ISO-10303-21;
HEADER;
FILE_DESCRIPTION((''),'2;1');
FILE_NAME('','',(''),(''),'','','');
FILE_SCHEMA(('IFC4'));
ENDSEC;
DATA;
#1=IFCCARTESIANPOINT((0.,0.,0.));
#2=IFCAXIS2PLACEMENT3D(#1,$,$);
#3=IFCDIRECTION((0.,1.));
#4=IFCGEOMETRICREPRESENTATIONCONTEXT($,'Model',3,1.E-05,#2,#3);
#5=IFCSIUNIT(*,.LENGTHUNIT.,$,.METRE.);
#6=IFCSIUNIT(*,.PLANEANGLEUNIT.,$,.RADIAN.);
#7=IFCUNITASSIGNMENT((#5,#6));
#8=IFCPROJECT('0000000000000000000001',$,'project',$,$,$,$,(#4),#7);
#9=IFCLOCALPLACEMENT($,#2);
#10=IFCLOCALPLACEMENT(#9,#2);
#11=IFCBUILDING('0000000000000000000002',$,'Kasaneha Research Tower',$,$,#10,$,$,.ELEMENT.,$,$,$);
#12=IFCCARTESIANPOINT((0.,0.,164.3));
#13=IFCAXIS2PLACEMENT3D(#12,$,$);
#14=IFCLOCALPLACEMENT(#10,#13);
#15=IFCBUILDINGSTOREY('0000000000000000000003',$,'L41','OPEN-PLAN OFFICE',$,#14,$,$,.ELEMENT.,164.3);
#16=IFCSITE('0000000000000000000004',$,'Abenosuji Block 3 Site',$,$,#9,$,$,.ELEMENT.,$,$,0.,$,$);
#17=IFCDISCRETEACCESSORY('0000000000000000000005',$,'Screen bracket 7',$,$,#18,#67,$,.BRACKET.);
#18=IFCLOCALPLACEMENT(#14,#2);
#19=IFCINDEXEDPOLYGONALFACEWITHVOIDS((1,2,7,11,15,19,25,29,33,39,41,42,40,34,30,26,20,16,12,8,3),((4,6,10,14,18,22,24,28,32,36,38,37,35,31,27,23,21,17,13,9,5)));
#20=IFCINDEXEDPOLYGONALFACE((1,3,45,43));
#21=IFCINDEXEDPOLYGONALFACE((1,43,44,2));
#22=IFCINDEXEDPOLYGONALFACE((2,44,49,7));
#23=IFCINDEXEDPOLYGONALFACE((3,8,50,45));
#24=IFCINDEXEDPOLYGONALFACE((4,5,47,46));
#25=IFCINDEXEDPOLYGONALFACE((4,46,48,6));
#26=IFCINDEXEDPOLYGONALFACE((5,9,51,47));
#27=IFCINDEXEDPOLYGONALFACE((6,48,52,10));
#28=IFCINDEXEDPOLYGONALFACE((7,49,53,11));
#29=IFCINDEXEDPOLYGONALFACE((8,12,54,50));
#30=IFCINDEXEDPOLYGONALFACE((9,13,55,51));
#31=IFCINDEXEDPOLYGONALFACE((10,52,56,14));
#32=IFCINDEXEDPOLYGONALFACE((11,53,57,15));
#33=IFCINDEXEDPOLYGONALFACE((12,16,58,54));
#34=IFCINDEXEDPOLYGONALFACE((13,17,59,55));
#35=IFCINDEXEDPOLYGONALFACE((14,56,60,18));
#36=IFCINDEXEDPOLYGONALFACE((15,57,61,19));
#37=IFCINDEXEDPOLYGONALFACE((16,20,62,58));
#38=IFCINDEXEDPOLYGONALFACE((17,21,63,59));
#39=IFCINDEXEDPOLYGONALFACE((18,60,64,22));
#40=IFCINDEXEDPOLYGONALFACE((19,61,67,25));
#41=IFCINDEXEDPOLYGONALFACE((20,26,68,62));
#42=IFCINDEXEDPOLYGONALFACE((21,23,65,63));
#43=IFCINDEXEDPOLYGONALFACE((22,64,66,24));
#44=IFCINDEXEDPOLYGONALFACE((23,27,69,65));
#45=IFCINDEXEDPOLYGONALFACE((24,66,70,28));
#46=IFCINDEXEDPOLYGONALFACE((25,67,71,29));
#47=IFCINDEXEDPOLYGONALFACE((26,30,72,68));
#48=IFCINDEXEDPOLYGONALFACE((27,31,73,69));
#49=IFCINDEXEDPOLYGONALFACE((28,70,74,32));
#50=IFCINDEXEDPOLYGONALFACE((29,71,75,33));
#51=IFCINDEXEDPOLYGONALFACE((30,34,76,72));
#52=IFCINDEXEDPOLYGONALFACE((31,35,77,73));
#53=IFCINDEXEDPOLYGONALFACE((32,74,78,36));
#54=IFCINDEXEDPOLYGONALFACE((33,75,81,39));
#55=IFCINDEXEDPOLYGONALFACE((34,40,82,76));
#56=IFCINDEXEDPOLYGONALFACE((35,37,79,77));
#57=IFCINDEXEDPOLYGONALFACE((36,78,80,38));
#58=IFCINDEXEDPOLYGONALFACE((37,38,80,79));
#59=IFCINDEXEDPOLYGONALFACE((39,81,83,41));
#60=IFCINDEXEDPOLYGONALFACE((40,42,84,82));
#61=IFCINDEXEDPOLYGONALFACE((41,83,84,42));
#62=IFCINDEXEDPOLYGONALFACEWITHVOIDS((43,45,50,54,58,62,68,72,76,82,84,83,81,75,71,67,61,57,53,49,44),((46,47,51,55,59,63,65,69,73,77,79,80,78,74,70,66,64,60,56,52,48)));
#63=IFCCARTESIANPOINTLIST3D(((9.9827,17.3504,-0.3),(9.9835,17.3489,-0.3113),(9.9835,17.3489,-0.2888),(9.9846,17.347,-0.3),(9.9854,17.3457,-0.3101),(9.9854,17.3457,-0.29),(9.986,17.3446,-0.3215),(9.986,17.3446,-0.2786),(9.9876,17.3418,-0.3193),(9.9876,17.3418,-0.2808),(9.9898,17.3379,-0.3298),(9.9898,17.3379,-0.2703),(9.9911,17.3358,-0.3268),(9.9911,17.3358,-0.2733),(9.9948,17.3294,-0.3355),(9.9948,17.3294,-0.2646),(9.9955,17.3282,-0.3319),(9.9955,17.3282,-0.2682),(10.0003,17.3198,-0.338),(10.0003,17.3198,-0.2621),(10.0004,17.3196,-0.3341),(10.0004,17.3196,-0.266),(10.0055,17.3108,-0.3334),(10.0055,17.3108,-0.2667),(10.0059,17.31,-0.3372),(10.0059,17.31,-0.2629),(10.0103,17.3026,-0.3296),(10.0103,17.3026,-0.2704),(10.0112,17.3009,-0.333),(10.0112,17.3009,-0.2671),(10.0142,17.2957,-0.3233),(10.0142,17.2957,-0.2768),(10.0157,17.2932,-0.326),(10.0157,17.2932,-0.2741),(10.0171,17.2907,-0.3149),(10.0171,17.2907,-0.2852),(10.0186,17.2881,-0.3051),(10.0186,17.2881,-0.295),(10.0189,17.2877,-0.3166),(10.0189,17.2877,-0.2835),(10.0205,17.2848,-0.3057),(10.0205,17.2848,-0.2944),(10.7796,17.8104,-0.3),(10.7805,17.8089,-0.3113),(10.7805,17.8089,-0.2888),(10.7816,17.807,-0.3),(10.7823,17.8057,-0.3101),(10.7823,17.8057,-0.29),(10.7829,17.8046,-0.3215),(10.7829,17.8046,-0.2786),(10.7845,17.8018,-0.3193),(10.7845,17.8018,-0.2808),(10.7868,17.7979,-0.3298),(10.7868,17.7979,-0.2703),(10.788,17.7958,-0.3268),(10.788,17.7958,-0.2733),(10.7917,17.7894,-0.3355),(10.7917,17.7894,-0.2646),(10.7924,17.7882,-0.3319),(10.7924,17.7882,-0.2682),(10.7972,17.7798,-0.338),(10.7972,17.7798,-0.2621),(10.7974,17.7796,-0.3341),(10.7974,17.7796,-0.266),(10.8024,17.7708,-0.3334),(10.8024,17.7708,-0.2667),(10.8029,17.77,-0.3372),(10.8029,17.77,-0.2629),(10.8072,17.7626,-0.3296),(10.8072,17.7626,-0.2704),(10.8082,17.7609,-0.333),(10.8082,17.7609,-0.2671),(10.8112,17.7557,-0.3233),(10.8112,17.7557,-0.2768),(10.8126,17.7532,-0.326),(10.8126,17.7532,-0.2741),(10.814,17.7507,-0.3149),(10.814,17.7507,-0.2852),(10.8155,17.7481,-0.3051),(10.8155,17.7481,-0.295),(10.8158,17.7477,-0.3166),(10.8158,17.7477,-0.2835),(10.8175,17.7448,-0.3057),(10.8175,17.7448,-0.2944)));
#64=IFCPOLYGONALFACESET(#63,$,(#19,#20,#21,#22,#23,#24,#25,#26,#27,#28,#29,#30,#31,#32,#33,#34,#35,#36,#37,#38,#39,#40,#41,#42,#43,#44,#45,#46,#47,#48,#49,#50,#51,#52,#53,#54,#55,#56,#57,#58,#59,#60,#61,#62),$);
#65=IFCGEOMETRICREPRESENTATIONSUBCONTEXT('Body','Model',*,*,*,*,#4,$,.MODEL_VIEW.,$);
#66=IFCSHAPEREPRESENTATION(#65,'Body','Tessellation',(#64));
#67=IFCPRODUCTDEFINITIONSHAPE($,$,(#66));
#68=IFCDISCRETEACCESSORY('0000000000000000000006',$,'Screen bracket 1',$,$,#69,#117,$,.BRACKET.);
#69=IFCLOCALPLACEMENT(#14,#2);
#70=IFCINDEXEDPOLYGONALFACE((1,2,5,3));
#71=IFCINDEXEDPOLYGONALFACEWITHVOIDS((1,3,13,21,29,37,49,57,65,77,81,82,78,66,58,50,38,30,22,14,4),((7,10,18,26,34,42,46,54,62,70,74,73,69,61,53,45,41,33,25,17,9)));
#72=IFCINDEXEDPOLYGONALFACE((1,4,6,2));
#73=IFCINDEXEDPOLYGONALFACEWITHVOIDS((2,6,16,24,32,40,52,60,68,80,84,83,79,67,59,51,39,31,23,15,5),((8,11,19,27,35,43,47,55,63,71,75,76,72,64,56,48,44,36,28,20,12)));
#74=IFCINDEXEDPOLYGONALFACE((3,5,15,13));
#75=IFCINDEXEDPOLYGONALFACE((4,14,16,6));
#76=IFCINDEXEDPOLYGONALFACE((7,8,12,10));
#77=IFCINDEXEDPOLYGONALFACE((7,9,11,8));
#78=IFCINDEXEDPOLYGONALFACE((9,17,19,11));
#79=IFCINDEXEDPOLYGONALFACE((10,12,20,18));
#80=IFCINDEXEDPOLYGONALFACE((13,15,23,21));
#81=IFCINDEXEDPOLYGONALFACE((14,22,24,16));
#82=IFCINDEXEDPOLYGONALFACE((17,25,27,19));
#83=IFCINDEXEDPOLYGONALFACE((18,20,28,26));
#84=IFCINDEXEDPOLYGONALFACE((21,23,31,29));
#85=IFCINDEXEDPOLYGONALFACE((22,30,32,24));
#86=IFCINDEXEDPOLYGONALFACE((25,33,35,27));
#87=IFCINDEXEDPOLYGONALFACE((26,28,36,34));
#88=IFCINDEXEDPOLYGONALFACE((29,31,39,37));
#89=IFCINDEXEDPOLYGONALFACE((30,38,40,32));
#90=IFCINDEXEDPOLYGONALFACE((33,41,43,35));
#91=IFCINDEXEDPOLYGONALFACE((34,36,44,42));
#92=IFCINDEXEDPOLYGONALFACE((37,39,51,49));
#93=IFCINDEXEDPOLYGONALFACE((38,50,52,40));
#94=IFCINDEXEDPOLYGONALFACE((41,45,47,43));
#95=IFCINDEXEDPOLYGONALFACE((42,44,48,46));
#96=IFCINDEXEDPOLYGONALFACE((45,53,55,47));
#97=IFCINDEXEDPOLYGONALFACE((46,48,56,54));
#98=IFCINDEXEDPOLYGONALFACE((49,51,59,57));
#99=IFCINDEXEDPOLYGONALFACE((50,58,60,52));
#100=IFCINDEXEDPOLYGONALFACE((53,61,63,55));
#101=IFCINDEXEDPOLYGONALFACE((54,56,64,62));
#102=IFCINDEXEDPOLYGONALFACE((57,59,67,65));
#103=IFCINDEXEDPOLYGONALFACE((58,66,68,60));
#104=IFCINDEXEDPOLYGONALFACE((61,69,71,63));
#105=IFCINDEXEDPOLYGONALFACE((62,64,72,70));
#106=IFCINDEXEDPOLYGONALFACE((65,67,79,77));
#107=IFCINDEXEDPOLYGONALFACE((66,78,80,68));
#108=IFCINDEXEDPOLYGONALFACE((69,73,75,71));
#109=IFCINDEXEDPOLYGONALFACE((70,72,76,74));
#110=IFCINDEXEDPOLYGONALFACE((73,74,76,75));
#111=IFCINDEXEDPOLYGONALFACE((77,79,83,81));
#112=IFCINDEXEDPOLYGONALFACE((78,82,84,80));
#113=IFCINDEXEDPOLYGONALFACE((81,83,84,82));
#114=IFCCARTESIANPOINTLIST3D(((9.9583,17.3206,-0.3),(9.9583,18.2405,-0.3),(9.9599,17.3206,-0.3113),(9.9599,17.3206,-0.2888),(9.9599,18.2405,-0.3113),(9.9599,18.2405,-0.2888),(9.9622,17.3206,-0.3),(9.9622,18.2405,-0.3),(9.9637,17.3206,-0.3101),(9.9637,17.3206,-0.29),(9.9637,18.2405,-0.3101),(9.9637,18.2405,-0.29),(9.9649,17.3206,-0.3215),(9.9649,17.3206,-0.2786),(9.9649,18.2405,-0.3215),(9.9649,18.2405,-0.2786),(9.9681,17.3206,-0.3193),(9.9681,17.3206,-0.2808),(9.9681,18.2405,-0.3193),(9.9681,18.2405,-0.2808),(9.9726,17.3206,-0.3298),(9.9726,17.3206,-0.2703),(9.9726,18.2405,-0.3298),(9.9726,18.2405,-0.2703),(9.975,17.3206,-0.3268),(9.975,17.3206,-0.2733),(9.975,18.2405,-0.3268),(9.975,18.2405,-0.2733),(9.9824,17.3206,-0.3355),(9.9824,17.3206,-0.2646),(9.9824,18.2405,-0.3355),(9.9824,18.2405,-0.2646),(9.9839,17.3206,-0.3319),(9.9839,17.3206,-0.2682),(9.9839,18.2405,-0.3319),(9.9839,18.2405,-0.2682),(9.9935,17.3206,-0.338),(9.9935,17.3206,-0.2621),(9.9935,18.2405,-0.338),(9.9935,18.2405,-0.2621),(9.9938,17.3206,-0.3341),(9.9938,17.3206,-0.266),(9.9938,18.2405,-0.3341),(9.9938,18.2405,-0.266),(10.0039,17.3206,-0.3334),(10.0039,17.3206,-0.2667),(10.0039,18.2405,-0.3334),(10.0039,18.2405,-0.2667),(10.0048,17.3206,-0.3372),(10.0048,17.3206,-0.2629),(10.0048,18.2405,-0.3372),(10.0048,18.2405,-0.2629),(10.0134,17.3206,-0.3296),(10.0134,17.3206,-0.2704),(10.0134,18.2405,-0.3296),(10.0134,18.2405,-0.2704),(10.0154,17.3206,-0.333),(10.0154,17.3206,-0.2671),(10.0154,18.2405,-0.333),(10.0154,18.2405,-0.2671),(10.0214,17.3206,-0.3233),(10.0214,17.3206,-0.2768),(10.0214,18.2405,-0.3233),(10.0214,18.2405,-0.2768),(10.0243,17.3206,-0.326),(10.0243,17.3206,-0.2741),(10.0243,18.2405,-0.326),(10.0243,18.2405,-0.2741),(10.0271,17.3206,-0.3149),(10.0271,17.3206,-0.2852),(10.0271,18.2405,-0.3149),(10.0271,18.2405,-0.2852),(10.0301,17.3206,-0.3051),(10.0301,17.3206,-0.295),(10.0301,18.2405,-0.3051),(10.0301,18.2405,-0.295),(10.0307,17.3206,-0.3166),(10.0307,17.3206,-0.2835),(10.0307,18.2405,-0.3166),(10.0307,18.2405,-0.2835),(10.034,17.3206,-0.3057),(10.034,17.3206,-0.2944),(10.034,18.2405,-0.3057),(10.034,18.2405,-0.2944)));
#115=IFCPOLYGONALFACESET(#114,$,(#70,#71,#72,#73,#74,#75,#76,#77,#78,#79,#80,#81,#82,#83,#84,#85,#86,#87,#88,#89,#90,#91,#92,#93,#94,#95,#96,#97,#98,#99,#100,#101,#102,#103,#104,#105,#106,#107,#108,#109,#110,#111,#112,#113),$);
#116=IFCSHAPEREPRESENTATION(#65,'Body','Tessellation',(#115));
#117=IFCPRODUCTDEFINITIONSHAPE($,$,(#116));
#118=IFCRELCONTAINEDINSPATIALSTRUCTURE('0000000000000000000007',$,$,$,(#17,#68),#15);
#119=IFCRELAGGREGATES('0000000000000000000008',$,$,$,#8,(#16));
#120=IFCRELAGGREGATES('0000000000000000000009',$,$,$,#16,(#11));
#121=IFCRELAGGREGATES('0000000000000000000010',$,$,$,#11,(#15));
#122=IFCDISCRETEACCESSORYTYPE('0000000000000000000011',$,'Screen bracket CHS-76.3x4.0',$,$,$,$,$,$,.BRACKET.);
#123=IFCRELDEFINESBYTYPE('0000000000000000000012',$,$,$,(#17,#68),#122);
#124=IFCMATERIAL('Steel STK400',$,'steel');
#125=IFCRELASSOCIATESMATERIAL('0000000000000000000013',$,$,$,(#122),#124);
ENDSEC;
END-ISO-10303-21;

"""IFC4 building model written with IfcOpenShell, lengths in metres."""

from ifc_helpers import new_model, si_unit, direction, frame, origin, origin_2d, place, context, subcontext, project, spatial, hollow_circle, extrude, material, material_profile, profile_set, type_object, element, save


model = new_model("IFC4")

# Units and contexts
model_context = context("Model", 3, precision=1e-05, world=origin(), true_north=direction((0.0, 1.0)))
body_context = subcontext(model_context, "Body", "Model", "MODEL_VIEW")
ifc_project = project(units=[si_unit("LENGTHUNIT", "METRE"), si_unit("PLANEANGLEUNIT", "RADIAN")], contexts=[model_context])

# Site, building, storey
site_placement = place(None, origin())
site = spatial("IfcSite", under=ifc_project, at=site_placement, Name="Abenosuji Block 3 Site", CompositionType="ELEMENT", RefElevation=0.0)
building_placement = place(site_placement, origin())
building = spatial("IfcBuilding", under=site, at=building_placement, Name="Kasaneha Research Tower", CompositionType="ELEMENT")
storey_placement = place(building_placement, frame((0.0, 0.0, 164.3)))
storey = spatial("IfcBuildingStorey", under=building, at=storey_placement, Name="L41", Description="OPEN-PLAN OFFICE", CompositionType="ELEMENT", Elevation=164.3)

# Discrete accessories
ifc_material_1 = material(Name="Steel STK400", Category="steel")
ifc_material_profile_1 = material_profile(ifc_material_1, hollow_circle(Radius=0.0381, WallThickness=0.0039, at=origin_2d()), Name="CHS-76.3x4.0")
ifc_profile_set_1 = profile_set([ifc_material_profile_1], Name="Steel STK400")
discrete_accessory_type = type_object("IfcDiscreteAccessoryType", Name="Screen bracket CHS-76.3x4.0", PredefinedType="BRACKET", material=ifc_profile_set_1)
for number, where, z_axis, x_axis, name in (
    (1, (10.0017, 17.3174, -0.3), (0.86608, 0.499906, 0.0), (-0.499906, 0.86608, 0.0), "Screen bracket 7"),
):
    element("IfcDiscreteAccessory", number, at=place(storey_placement, frame(where, z_axis=z_axis, x_axis=x_axis)), inside=storey, type_object=discrete_accessory_type, Name=name, PredefinedType="BRACKET", context=body_context, shape_type="SweptSolid", body=[
        extrude(hollow_circle(Radius=0.0381, WallThickness=0.0039, at=origin_2d()), origin(), (0.0, 0.0, 1.0), 0.9202),
    ])
discrete_accessory_placement = place(storey_placement, frame((9.9963, 17.3206, -0.3), z_axis=(0.0, 1.0, 0.0), x_axis=(-1.0, 0.0, 0.0)))
element("IfcDiscreteAccessory", 2, at=discrete_accessory_placement, inside=storey, type_object=discrete_accessory_type, Name="Screen bracket 1", PredefinedType="BRACKET", context=body_context, shape_type="SweptSolid", body=[
    extrude(hollow_circle(Radius=0.0381, WallThickness=0.0039, at=origin_2d()), origin(), (0.0, 0.0, 1.0), 0.9199),
])

save(model, "model.ifc")
